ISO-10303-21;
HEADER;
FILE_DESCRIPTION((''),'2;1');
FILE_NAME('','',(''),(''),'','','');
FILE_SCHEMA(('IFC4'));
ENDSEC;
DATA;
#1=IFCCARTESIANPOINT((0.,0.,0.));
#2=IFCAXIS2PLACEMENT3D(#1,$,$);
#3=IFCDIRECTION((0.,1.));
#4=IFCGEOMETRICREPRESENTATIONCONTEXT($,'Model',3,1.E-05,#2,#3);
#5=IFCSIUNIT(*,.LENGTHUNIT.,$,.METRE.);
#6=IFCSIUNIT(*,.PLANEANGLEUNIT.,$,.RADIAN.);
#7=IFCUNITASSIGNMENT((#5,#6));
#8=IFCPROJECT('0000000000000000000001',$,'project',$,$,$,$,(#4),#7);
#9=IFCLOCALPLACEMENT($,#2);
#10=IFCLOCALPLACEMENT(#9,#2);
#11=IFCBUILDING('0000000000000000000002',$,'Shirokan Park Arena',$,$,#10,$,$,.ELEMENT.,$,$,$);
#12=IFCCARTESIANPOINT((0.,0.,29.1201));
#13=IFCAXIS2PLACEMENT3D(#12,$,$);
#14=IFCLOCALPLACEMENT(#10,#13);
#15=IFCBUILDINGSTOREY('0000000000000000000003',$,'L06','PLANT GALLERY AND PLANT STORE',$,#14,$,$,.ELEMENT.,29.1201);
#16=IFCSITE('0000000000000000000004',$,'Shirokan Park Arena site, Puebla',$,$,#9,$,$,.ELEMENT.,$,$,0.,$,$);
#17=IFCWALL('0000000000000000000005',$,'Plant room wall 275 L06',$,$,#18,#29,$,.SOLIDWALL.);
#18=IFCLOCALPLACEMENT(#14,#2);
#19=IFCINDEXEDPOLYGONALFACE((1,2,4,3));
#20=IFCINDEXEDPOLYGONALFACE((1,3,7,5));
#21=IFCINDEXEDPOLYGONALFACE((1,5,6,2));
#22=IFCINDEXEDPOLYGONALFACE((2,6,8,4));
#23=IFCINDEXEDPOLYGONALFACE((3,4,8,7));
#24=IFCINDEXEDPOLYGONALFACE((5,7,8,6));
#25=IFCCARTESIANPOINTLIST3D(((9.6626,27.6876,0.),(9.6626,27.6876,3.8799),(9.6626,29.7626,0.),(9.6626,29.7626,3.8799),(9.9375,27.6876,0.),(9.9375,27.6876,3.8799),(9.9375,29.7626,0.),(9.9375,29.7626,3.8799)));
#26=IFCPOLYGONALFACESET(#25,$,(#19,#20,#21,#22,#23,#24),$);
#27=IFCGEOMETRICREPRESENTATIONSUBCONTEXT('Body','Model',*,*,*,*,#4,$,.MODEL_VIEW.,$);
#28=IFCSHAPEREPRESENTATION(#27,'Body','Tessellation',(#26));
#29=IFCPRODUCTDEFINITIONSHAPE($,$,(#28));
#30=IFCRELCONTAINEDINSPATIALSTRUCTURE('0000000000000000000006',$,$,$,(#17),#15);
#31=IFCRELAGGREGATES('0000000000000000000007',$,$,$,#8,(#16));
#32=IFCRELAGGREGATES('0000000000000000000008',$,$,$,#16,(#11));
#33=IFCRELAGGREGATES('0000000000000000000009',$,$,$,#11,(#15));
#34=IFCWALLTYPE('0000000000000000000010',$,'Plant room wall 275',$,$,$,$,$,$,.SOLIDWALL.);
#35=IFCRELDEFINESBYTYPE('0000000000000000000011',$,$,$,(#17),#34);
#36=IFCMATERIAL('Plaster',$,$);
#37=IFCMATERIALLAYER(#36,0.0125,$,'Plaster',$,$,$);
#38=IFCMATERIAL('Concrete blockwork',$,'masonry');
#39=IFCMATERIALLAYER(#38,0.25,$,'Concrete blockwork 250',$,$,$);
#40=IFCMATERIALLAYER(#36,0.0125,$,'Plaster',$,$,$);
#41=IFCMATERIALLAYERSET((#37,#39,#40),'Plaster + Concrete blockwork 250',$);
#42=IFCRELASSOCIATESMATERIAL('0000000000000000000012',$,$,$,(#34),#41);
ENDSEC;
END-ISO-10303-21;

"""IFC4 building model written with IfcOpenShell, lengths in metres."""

from ifc_helpers import new_model, si_unit, direction, frame, frame_2d, origin, place, context, subcontext, project, spatial, rectangle, extrude, material, layer, layer_set, type_object, element, save


model = new_model("IFC4")

# Units and contexts
model_context = context("Model", 3, precision=1e-05, world=origin(), true_north=direction((0.0, 1.0)))
body_context = subcontext(model_context, "Body", "Model", "MODEL_VIEW")
ifc_project = project(units=[si_unit("LENGTHUNIT", "METRE"), si_unit("PLANEANGLEUNIT", "RADIAN")], contexts=[model_context])

# Site, building, storey
site_placement = place(None, origin())
site = spatial("IfcSite", under=ifc_project, at=site_placement, Name="Shirokan Park Arena site, Puebla", CompositionType="ELEMENT", RefElevation=0.0)
building_placement = place(site_placement, origin())
building = spatial("IfcBuilding", under=site, at=building_placement, Name="Shirokan Park Arena", CompositionType="ELEMENT")
storey_placement = place(building_placement, frame((0.0, 0.0, 29.1201)))
storey = spatial("IfcBuildingStorey", under=building, at=storey_placement, Name="L06", Description="PLANT GALLERY AND PLANT STORE", CompositionType="ELEMENT", Elevation=29.1201)

# Wall
ifc_material_1 = material(Name="Plaster")
ifc_material_2 = material(Name="Concrete blockwork", Category="masonry")
ifc_layer_1 = layer(ifc_material_1, 0.0125, Name="Plaster")
ifc_layer_2 = layer(ifc_material_2, 0.25, Name="Concrete blockwork 250")
ifc_layer_3 = layer(ifc_material_1, 0.0125, Name="Plaster")
ifc_layer_set_1 = layer_set([ifc_layer_1, ifc_layer_2, ifc_layer_3], Name="Plaster + Concrete blockwork 250")
wall_type_1 = type_object("IfcWallType", Name="Plant room wall 275", PredefinedType="SOLIDWALL", material=ifc_layer_set_1)
wall_1_placement = place(storey_placement, frame((9.8, 27.6875, 0.0), z_axis=(0.0, 0.0, 1.0), x_axis=(0.0, 1.0, 0.0)))
element("IfcWall", 1, at=wall_1_placement, inside=storey, type_object=wall_type_1, Name="Plant room wall 275 L06", PredefinedType="SOLIDWALL", context=body_context, shape_type="SweptSolid", body=[
    extrude(rectangle(XDim=2.075, YDim=0.2749, at=frame_2d((1.0376, 0.0))), origin(), (0.0, 0.0, 1.0), 3.8799),
])

save(model, "model.ifc")
